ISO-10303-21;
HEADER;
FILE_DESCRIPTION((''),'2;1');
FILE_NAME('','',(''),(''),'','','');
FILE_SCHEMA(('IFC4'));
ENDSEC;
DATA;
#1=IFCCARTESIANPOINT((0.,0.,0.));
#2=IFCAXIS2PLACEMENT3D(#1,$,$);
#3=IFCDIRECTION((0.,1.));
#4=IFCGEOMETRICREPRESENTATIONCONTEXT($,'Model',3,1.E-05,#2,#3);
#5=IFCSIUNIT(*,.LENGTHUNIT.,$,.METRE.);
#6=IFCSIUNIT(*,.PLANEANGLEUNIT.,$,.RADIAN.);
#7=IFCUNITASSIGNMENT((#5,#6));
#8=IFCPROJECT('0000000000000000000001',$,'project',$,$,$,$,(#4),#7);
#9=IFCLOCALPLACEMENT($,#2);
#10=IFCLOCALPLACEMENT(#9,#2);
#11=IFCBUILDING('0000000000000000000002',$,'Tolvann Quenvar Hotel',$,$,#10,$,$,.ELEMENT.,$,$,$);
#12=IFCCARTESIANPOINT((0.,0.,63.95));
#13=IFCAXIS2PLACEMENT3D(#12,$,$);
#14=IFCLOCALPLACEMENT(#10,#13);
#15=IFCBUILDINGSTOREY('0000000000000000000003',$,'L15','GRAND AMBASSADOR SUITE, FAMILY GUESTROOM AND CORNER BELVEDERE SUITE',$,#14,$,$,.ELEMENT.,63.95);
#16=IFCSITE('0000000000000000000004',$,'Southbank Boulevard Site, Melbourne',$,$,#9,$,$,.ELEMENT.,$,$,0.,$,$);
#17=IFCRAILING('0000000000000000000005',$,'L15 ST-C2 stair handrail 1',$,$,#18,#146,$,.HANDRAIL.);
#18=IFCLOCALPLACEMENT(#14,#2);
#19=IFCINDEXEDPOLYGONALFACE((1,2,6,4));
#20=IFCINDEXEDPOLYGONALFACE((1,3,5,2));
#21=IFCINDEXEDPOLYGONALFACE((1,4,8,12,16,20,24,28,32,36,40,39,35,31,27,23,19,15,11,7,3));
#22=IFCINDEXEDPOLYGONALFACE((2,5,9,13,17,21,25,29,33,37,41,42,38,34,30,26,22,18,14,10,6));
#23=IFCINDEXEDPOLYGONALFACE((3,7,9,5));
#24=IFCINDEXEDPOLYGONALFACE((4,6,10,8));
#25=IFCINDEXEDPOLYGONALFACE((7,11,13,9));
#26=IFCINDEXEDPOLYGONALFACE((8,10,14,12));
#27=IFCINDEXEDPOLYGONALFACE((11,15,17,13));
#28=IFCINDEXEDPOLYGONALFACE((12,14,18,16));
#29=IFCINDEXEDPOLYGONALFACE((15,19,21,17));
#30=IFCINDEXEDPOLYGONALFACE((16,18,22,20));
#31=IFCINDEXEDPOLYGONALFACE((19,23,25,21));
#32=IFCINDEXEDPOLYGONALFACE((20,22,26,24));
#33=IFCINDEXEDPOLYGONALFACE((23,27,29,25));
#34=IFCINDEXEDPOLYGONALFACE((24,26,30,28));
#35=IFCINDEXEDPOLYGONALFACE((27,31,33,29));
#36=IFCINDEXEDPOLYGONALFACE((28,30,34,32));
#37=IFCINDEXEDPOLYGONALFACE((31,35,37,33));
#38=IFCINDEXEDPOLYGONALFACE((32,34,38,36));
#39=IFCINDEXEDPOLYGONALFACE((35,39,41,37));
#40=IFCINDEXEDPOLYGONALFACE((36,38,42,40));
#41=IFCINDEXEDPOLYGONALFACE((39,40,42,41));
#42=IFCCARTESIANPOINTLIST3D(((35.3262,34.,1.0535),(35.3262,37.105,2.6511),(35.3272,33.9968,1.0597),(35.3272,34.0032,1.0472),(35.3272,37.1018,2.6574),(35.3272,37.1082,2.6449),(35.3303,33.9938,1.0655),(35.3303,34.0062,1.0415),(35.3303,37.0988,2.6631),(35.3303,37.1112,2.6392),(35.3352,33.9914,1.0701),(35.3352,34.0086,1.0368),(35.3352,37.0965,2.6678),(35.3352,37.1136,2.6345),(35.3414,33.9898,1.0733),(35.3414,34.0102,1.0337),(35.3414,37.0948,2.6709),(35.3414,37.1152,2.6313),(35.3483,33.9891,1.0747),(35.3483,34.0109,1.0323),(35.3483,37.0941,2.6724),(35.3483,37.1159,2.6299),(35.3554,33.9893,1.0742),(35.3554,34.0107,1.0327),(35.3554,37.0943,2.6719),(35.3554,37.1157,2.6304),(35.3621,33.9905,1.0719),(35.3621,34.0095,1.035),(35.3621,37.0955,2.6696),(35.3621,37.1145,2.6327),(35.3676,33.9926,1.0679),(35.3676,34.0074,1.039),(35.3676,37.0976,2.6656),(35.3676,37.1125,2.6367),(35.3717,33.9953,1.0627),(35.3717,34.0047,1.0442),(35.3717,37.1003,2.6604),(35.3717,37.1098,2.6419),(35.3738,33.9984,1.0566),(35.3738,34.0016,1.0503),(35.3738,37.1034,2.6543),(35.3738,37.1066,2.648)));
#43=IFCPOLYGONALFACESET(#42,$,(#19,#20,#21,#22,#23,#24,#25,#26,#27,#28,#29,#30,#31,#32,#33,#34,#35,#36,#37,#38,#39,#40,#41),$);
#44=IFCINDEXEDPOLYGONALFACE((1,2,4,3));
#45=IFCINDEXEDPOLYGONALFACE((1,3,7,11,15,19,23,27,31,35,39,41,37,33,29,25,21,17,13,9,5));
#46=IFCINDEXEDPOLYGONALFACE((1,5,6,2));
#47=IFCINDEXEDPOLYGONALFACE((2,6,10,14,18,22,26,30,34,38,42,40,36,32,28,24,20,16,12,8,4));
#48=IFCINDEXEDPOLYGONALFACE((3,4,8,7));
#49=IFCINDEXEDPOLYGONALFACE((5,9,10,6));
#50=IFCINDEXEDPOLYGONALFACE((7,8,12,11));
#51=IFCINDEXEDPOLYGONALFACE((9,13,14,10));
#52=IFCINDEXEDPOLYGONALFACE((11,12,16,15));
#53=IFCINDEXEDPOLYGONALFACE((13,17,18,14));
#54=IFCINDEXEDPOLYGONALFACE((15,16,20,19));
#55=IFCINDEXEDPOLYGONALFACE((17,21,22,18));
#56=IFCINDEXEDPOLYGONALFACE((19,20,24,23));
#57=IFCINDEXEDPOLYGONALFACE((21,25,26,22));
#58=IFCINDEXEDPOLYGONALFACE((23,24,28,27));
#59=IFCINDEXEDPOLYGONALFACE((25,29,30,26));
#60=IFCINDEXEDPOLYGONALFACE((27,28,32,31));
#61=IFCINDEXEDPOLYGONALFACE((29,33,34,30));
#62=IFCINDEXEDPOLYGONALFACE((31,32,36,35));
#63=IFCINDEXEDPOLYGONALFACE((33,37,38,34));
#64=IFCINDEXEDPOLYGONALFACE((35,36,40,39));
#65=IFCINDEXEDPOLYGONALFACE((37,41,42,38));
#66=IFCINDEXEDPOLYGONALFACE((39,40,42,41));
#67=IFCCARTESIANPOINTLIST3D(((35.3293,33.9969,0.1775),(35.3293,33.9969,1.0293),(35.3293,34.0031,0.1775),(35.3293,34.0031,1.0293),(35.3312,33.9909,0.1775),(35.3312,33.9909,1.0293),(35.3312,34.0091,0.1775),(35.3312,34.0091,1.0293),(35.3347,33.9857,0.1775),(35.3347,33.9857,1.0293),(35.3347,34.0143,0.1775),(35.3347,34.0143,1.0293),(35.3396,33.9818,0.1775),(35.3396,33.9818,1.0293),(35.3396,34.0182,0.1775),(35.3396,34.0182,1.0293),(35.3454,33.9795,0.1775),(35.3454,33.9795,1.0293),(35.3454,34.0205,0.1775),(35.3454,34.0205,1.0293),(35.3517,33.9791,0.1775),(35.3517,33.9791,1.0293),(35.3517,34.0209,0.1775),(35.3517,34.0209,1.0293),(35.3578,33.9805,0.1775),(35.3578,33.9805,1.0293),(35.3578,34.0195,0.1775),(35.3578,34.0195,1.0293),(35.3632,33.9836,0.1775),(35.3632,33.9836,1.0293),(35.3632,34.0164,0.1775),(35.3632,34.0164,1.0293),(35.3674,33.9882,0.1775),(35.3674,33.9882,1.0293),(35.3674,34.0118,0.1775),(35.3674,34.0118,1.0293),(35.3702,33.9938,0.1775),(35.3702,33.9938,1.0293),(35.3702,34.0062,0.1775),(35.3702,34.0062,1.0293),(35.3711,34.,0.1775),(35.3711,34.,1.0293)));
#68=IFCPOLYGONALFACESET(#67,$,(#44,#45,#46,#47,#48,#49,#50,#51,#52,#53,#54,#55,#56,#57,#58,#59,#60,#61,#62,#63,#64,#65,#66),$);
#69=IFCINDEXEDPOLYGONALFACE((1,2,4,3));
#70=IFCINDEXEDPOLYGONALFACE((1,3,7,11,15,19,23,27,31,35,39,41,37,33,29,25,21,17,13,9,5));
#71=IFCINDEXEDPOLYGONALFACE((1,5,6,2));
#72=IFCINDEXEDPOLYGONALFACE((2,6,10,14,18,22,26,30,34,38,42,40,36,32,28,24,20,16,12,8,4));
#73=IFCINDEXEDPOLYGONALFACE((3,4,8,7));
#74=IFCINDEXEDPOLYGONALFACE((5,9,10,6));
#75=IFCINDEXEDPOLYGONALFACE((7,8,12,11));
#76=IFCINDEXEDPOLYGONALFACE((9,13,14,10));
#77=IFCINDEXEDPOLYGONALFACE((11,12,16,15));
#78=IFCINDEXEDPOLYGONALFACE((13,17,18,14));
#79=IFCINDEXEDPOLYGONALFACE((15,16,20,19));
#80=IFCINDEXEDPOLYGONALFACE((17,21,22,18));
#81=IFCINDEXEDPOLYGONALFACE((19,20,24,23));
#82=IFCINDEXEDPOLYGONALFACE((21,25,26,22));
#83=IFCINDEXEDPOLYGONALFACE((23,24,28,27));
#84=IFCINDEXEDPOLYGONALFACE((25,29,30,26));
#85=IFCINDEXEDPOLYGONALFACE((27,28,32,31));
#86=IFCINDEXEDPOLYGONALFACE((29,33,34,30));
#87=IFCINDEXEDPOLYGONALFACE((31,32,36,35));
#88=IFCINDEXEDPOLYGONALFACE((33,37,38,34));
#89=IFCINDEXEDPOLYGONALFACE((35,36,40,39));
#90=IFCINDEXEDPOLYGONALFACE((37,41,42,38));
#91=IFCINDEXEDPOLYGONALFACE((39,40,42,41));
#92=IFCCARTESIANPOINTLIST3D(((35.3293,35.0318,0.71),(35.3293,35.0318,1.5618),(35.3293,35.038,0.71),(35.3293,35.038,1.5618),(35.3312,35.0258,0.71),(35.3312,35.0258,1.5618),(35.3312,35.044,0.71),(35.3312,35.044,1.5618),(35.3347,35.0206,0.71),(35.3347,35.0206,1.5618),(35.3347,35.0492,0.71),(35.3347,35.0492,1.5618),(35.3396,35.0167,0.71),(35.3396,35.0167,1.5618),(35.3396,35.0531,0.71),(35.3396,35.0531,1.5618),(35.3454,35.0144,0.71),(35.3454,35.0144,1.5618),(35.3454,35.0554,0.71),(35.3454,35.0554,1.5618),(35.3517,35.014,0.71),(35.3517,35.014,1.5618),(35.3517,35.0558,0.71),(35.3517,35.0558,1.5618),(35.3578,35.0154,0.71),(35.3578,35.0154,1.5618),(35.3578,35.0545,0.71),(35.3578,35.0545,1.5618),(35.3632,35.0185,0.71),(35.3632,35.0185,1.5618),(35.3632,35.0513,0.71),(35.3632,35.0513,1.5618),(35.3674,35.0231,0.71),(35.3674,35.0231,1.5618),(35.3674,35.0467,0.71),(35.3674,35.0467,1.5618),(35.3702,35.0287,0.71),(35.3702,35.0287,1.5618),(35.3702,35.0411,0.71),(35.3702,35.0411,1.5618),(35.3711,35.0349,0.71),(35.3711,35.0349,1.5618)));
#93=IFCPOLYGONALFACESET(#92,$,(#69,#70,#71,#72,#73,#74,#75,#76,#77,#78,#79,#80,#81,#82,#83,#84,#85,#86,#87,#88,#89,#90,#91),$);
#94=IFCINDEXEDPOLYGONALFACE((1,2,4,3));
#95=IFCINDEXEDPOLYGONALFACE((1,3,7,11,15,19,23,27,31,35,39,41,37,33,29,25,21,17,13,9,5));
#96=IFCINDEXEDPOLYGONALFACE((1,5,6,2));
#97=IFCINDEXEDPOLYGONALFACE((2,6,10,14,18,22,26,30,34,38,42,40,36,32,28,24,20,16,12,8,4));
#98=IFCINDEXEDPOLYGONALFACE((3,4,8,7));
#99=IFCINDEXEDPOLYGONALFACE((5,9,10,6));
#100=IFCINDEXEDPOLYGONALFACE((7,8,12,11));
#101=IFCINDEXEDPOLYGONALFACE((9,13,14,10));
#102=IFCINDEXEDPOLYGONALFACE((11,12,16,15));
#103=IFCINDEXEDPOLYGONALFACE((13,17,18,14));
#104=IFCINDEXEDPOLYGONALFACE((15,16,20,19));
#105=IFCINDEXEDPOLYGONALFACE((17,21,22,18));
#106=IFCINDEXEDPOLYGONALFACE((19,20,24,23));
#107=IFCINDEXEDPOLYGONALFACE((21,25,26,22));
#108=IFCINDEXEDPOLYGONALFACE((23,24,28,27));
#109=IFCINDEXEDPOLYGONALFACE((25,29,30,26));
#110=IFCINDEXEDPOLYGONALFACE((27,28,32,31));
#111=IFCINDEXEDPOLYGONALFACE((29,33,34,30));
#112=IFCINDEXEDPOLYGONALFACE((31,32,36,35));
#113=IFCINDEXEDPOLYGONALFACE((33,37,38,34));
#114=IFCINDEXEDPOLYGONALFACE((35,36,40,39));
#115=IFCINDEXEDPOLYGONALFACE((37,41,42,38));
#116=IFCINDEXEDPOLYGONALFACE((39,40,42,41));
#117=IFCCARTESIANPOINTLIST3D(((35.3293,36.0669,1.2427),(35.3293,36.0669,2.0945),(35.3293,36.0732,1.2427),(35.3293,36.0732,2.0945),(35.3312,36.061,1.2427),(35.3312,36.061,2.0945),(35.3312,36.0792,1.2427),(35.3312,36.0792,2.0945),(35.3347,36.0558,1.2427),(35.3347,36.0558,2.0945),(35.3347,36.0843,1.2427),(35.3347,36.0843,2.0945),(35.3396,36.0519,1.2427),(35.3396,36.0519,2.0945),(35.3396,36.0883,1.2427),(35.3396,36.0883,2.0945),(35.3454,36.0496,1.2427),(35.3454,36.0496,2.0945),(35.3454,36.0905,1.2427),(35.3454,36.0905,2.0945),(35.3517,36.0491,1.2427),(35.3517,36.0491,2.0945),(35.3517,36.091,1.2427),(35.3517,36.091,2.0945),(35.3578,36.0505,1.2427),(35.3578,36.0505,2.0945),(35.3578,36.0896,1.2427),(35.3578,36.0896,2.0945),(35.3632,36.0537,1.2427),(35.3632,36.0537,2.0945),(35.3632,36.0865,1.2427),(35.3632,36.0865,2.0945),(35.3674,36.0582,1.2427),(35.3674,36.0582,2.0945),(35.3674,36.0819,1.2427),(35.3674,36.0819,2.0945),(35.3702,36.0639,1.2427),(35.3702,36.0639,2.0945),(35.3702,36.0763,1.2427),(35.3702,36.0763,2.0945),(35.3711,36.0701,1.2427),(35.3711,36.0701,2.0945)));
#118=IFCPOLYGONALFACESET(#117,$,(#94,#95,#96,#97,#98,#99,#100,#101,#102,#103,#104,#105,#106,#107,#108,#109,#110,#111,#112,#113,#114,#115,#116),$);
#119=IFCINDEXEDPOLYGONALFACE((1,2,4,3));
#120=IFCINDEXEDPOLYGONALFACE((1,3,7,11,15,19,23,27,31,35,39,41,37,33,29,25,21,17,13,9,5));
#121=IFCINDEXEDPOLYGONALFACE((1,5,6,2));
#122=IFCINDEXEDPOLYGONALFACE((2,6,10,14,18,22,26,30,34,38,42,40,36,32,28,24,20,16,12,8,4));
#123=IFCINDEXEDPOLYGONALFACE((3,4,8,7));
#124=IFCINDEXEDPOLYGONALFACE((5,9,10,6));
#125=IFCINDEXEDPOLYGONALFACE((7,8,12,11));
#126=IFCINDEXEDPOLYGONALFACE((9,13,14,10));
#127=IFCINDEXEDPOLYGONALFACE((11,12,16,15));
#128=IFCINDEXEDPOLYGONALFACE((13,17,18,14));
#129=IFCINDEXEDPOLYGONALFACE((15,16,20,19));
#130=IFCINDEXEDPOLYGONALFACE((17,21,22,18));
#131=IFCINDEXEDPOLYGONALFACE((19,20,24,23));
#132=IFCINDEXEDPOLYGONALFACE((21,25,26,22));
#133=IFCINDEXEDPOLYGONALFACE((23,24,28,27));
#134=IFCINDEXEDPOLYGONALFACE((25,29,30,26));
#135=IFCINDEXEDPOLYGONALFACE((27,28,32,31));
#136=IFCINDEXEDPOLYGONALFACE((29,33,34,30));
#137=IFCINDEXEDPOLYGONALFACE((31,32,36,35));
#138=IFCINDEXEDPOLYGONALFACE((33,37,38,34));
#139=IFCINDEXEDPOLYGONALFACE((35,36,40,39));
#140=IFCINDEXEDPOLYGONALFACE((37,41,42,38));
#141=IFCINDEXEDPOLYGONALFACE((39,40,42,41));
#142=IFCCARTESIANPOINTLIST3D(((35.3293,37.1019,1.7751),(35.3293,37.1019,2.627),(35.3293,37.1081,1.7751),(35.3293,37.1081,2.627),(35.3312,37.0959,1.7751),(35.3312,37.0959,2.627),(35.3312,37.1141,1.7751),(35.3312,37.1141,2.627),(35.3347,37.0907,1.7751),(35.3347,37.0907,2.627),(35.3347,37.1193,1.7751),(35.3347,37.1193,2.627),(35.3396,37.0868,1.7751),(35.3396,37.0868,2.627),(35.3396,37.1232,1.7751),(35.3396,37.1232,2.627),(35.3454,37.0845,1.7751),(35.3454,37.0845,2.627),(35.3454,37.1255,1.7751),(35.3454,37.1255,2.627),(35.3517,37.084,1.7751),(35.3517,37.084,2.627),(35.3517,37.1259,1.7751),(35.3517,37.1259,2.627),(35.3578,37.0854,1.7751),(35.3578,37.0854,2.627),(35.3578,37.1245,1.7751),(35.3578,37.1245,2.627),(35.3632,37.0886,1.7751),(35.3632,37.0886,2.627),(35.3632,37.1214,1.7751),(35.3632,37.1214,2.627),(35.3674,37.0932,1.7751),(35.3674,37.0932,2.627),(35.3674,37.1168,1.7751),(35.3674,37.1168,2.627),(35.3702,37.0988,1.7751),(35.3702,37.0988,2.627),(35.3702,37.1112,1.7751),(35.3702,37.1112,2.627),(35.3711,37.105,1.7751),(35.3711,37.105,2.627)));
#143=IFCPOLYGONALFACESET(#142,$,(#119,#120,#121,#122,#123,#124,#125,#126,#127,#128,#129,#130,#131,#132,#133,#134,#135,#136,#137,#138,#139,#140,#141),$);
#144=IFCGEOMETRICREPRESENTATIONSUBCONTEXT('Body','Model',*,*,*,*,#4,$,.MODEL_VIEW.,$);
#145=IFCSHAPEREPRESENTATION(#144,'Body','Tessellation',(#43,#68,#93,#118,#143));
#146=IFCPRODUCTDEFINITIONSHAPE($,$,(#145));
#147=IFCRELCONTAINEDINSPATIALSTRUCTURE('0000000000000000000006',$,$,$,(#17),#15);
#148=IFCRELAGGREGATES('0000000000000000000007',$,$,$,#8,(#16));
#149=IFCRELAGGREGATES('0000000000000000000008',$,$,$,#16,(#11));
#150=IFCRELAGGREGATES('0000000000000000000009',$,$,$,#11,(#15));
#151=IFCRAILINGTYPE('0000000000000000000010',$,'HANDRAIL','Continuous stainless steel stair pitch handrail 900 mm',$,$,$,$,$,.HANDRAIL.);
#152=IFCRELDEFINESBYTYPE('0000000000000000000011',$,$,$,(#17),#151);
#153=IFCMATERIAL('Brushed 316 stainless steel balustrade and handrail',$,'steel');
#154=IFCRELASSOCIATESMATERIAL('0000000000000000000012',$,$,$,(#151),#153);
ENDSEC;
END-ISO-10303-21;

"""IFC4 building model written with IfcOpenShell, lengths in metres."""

from ifc_helpers import new_model, si_unit, direction, frame, origin, origin_2d, place, context, subcontext, project, spatial, circle, extrude, material, type_object, element, save


model = new_model("IFC4")

# Units and contexts
model_context = context("Model", 3, precision=1e-05, world=origin(), true_north=direction((0.0, 1.0)))
body_context = subcontext(model_context, "Body", "Model", "MODEL_VIEW")
ifc_project = project(units=[si_unit("LENGTHUNIT", "METRE"), si_unit("PLANEANGLEUNIT", "RADIAN")], contexts=[model_context])

# Site, building, storey
site_placement = place(None, origin())
site = spatial("IfcSite", under=ifc_project, at=site_placement, Name="Southbank Boulevard Site, Melbourne", CompositionType="ELEMENT", RefElevation=0.0)
building_placement = place(site_placement, origin())
building = spatial("IfcBuilding", under=site, at=building_placement, Name="Tolvann Quenvar Hotel", CompositionType="ELEMENT")
storey_placement = place(building_placement, frame((0.0, 0.0, 63.95)))
storey = spatial("IfcBuildingStorey", under=building, at=storey_placement, Name="L15", Description="GRAND AMBASSADOR SUITE, FAMILY GUESTROOM AND CORNER BELVEDERE SUITE", CompositionType="ELEMENT", Elevation=63.95)

# Railing
ifc_material_1 = material(Name="Brushed 316 stainless steel balustrade and handrail", Category="steel")
railing_type_1 = type_object("IfcRailingType", Name="HANDRAIL", Description="Continuous stainless steel stair pitch handrail 900 mm", PredefinedType="HANDRAIL", material=ifc_material_1)
railing_1_placement = place(storey_placement, frame((35.3501, 34.0, 0.1775)))
element("IfcRailing", 1, at=railing_1_placement, inside=storey, type_object=railing_type_1, Name="L15 ST-C2 stair handrail 1", PredefinedType="HANDRAIL", context=body_context, shape_type="SweptSolid", body=[
    extrude(circle(Radius=0.0239, at=origin_2d()), frame((0.0, 0.0, 0.876), z_axis=(0.0, 0.889194, 0.457531), x_axis=(-1.0, 0.0, 0.0)), (0.0, 0.0, 1.0), 3.4919),
    extrude(circle(Radius=0.021, at=origin_2d()), origin(), (0.0, 0.0, 1.0), 0.8518),
    extrude(circle(Radius=0.021, at=origin_2d()), frame((0.0, 1.0349, 0.5325)), (0.0, 0.0, 1.0), 0.8518),
    extrude(circle(Radius=0.021, at=origin_2d()), frame((0.0, 2.0701, 1.0652)), (0.0, 0.0, 1.0), 0.8518),
    extrude(circle(Radius=0.021, at=origin_2d()), frame((0.0, 3.105, 1.5977)), (0.0, 0.0, 1.0), 0.8518),
])

save(model, "model.ifc")
